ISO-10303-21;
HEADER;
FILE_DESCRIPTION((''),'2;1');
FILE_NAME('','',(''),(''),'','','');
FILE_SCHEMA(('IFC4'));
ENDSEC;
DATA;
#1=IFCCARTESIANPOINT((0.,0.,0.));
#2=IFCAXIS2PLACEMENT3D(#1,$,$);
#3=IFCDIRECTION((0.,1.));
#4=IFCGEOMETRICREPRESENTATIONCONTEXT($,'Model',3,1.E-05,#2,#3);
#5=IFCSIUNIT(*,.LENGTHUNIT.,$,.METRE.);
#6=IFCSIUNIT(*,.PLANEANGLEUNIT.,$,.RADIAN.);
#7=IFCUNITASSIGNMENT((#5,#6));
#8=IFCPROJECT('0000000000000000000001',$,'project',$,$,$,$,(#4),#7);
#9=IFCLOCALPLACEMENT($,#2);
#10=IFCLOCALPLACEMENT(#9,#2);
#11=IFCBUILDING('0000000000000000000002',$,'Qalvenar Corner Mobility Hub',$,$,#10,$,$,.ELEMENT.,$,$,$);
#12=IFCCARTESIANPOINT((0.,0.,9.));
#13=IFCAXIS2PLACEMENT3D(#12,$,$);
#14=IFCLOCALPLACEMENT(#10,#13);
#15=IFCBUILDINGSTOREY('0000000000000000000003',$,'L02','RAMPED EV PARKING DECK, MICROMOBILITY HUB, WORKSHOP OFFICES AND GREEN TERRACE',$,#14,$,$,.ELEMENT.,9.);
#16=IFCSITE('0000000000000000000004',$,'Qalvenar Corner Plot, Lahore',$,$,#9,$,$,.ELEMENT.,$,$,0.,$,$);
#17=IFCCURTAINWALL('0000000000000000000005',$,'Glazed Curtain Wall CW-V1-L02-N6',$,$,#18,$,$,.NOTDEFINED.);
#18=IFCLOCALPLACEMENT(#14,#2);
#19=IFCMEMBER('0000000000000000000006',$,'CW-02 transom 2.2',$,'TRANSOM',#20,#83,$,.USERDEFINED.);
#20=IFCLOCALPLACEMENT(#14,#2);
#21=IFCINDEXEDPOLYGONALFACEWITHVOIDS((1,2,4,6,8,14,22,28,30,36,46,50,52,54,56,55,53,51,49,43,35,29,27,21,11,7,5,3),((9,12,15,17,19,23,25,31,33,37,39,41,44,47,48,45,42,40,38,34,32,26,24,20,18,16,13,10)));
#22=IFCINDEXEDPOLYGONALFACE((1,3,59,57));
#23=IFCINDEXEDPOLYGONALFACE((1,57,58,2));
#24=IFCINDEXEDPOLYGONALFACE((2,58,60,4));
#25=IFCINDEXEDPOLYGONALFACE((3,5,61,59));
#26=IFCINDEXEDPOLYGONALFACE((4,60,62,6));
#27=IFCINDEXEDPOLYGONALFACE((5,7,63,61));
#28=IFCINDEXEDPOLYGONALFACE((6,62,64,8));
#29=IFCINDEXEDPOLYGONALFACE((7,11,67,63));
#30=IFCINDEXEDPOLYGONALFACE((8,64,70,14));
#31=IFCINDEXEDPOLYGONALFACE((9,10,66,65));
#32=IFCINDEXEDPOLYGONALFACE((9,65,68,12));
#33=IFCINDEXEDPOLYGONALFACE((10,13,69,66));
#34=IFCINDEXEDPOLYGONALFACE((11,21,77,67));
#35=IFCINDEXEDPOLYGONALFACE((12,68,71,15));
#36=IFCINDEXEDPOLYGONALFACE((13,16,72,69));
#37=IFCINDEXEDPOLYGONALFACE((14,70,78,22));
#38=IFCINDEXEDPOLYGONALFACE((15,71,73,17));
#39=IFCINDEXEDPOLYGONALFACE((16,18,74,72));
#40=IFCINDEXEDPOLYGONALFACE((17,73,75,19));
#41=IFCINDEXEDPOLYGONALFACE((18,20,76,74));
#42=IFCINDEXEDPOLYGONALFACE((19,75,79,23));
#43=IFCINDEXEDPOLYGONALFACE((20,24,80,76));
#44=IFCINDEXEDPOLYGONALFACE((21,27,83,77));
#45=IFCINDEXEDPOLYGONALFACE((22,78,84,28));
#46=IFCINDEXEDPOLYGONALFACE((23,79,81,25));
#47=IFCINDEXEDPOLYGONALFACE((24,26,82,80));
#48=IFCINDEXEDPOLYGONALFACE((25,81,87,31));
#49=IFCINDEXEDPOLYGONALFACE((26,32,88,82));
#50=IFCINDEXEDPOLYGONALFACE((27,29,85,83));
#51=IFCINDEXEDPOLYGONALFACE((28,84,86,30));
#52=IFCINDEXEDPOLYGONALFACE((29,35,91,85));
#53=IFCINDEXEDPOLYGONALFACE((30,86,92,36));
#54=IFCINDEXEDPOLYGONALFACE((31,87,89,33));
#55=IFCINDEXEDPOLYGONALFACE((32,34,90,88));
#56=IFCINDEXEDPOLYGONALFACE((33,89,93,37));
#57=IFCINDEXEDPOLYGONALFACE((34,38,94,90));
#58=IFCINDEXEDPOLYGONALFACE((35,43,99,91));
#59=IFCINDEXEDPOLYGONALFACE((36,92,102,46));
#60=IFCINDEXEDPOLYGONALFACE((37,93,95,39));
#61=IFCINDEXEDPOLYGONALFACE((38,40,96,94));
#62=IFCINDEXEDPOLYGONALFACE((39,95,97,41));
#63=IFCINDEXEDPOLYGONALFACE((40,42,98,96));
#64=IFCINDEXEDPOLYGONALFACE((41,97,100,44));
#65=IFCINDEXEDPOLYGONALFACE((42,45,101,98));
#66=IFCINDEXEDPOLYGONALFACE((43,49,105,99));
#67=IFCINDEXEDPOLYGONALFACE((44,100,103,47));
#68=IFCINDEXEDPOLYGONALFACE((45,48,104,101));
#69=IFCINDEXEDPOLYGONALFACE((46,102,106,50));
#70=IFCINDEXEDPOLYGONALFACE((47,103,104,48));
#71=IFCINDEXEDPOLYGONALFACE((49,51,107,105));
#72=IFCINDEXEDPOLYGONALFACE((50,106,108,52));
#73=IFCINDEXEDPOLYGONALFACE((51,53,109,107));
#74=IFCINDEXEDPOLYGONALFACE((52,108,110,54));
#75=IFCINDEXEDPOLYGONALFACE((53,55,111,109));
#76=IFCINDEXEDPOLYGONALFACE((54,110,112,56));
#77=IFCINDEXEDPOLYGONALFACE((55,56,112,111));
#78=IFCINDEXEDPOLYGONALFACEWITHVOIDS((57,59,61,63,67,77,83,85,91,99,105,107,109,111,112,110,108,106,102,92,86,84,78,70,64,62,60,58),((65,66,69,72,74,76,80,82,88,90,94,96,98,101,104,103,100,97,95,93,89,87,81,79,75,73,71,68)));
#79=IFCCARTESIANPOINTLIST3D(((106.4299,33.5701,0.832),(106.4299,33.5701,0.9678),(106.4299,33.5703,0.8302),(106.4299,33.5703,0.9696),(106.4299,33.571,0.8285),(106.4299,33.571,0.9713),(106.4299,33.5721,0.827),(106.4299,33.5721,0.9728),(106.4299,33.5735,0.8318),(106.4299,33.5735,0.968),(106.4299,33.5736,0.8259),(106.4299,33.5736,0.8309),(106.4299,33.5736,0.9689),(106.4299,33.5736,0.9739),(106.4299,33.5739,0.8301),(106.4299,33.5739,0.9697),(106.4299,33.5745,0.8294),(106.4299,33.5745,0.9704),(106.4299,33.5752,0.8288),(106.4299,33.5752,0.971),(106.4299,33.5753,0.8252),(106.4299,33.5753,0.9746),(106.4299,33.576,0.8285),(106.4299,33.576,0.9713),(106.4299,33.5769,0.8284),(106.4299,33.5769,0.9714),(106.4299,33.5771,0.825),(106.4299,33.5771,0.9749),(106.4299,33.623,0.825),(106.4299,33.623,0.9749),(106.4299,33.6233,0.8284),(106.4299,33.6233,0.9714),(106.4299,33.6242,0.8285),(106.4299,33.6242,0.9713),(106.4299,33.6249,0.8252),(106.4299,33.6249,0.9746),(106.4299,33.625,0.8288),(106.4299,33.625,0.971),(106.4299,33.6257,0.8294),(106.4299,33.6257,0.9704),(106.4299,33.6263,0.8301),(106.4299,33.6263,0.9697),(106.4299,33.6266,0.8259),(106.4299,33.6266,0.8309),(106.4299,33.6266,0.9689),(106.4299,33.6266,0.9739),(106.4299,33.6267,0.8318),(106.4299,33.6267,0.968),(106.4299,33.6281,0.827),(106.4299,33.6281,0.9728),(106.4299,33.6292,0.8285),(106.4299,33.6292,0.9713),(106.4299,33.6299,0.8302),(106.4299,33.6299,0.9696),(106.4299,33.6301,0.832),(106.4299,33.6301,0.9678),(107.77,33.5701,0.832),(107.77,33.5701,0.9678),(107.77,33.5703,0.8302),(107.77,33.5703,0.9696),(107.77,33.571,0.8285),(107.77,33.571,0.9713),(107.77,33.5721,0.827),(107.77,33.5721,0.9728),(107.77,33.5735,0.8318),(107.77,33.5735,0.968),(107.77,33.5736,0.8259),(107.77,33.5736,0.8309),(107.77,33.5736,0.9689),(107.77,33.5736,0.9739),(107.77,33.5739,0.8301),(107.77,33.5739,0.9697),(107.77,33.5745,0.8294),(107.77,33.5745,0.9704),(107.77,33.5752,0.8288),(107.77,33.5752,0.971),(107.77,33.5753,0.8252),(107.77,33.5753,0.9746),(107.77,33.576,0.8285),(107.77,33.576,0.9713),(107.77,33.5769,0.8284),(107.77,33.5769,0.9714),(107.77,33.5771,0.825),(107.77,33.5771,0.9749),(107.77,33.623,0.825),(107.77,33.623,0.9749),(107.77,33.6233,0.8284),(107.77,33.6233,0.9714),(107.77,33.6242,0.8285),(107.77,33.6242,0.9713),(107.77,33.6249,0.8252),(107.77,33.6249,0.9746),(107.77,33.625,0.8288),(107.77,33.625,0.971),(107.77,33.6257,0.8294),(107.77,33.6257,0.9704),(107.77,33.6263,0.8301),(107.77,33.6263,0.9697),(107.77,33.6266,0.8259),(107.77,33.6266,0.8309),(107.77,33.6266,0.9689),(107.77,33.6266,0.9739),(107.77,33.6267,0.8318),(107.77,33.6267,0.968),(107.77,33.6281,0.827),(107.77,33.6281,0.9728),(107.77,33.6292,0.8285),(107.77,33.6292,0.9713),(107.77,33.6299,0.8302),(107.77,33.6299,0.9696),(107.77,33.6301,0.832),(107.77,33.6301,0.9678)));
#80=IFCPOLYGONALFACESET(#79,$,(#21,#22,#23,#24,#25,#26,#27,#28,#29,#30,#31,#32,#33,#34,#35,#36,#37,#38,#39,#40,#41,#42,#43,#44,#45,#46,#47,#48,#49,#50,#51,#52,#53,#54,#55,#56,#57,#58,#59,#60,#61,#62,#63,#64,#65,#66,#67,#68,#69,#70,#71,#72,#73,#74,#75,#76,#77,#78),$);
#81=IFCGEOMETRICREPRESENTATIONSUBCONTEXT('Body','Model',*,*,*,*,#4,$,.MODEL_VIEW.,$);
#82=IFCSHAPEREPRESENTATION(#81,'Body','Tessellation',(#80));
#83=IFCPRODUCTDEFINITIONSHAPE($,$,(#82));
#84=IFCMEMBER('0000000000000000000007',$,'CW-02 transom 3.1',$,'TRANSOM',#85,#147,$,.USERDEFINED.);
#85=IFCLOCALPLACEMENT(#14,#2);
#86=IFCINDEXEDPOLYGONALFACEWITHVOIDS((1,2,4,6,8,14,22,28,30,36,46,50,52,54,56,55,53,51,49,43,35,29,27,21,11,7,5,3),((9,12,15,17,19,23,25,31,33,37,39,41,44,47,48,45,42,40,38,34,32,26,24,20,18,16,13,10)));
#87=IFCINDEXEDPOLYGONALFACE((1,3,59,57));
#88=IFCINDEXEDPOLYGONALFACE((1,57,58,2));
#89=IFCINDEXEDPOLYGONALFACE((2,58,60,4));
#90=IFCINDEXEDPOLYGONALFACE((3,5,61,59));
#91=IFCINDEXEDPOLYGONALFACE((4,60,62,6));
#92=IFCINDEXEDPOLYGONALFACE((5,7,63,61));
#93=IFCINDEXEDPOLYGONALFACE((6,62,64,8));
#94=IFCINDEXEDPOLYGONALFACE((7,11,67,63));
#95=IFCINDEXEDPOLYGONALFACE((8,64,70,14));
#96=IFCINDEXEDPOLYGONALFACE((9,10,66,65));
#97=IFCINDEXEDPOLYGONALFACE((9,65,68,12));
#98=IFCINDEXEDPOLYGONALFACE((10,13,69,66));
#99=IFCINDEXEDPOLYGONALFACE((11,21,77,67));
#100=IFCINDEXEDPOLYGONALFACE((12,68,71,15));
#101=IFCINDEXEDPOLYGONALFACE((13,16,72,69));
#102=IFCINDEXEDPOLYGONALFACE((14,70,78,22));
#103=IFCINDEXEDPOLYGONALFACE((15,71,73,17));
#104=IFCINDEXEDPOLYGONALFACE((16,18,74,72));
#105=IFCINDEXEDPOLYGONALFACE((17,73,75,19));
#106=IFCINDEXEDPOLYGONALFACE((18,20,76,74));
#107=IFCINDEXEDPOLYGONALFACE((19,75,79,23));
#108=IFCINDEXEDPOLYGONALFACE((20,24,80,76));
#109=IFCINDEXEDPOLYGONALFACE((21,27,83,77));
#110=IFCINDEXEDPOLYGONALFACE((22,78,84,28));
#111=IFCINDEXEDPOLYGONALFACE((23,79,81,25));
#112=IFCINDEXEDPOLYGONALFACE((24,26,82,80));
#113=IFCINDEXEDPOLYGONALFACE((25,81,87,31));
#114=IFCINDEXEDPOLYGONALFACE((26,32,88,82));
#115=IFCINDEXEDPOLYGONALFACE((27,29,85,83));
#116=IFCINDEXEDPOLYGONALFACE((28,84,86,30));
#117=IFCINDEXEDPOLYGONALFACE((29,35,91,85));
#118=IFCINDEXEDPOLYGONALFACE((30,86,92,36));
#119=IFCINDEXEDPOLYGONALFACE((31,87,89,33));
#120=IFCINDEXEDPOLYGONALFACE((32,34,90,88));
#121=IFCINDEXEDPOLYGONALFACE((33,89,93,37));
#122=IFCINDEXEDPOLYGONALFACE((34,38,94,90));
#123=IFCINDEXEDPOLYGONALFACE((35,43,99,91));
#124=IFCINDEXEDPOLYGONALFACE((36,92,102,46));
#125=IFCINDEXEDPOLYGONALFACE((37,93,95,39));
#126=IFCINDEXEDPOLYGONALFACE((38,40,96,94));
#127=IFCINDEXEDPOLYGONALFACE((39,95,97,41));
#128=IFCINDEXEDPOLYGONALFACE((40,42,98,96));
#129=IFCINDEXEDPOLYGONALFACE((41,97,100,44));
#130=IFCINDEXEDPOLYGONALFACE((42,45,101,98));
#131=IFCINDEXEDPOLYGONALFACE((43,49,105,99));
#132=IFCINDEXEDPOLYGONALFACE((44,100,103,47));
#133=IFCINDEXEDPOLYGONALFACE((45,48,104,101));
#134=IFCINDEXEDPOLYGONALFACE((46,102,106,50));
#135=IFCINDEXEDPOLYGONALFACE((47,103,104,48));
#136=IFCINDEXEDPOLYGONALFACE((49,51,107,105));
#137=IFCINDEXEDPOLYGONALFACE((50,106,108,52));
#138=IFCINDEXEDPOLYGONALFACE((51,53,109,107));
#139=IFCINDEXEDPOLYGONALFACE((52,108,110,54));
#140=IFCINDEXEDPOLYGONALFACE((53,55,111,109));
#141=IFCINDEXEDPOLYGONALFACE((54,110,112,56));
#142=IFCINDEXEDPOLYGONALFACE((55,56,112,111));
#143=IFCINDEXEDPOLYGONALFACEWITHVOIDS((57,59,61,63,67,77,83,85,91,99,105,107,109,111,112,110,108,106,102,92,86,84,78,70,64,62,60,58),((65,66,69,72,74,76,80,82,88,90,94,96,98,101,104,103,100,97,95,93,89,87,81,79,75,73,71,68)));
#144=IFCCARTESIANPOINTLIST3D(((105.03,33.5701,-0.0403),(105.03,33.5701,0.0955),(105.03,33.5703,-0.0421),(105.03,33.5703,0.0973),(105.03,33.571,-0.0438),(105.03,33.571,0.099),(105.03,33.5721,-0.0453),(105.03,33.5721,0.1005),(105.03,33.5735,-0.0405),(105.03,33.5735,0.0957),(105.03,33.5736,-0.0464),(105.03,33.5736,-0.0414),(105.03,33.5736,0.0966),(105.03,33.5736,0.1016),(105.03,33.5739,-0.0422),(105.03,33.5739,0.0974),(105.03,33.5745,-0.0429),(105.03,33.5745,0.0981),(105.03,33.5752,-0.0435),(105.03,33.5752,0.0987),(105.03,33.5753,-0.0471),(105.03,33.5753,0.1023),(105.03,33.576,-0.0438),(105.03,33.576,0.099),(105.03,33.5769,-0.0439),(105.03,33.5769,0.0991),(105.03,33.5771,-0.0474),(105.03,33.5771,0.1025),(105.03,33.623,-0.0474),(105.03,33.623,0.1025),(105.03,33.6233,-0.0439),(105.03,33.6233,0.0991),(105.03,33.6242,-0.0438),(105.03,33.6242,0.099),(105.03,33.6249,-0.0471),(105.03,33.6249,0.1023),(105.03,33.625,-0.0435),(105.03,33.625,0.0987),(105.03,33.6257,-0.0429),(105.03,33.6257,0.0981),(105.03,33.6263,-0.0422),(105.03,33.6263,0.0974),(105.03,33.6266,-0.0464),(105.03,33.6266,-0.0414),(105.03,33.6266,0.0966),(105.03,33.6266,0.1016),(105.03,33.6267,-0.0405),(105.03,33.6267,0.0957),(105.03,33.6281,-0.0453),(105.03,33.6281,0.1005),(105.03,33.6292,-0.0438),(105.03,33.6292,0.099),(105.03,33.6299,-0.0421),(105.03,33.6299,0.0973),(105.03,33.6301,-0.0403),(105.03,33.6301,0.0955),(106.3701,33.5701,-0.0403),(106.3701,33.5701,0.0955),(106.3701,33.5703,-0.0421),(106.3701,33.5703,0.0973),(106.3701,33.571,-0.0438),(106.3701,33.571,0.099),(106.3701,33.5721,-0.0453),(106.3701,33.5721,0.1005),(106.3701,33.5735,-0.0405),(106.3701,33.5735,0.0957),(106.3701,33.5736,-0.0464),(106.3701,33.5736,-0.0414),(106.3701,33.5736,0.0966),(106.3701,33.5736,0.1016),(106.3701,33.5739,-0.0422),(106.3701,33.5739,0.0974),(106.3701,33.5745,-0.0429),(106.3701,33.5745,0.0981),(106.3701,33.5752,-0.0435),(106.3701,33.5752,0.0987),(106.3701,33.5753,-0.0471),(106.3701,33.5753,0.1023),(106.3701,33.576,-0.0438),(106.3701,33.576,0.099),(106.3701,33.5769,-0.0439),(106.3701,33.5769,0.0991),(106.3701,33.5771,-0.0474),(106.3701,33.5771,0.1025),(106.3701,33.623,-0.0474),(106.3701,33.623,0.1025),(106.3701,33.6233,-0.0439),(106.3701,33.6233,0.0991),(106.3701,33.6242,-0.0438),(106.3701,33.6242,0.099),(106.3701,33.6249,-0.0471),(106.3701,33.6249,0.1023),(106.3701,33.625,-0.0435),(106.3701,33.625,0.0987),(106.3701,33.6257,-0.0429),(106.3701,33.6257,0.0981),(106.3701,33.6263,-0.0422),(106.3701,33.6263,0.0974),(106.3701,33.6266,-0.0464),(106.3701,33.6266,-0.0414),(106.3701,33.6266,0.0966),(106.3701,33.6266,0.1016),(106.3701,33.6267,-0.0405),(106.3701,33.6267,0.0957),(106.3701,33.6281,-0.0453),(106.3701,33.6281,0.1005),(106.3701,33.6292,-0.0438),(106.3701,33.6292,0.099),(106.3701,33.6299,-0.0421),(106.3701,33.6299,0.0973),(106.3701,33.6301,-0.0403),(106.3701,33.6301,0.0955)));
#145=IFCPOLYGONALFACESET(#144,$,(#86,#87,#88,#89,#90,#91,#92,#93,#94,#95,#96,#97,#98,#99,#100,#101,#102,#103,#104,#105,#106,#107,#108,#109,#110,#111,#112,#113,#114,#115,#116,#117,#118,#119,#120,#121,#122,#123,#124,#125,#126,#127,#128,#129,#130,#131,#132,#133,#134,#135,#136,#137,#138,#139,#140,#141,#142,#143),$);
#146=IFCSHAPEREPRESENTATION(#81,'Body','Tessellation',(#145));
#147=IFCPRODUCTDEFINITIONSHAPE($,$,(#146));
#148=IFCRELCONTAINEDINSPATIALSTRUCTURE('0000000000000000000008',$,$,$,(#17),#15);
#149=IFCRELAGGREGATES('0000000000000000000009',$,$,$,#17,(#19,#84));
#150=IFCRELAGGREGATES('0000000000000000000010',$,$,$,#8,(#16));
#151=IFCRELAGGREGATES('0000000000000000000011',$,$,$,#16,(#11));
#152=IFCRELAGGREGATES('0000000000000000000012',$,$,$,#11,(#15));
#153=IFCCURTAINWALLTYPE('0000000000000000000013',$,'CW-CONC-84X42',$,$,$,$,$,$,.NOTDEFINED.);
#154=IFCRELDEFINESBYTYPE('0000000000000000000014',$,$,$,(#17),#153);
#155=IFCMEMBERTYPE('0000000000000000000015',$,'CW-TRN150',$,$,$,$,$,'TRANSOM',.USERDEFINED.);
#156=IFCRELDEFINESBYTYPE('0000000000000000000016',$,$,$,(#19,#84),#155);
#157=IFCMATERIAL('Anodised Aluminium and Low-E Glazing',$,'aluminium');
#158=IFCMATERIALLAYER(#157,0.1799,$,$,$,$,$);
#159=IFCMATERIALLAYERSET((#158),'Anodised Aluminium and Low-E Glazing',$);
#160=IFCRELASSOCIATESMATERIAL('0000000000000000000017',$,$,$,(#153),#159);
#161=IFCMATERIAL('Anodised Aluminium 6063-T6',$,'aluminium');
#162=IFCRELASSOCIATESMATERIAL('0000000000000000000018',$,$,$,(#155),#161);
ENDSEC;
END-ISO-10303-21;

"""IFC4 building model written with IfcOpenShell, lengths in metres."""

from ifc_helpers import new_model, si_unit, direction, frame, origin, origin_2d, place, context, subcontext, project, spatial, hollow_rectangle, extrude, material, layer, layer_set, material_profile, profile_set, type_object, element, aggregate, save


model = new_model("IFC4")

# Units and contexts
model_context = context("Model", 3, precision=1e-05, world=origin(), true_north=direction((0.0, 1.0)))
body_context = subcontext(model_context, "Body", "Model", "MODEL_VIEW")
ifc_project = project(units=[si_unit("LENGTHUNIT", "METRE"), si_unit("PLANEANGLEUNIT", "RADIAN")], contexts=[model_context])

# Site, building, storey
site_placement = place(None, origin())
site = spatial("IfcSite", under=ifc_project, at=site_placement, Name="Qalvenar Corner Plot, Lahore", CompositionType="ELEMENT", RefElevation=0.0)
building_placement = place(site_placement, origin())
building = spatial("IfcBuilding", under=site, at=building_placement, Name="Qalvenar Corner Mobility Hub", CompositionType="ELEMENT")
storey_placement = place(building_placement, frame((0.0, 0.0, 9.0)))
storey = spatial("IfcBuildingStorey", under=building, at=storey_placement, Name="L02", Description="RAMPED EV PARKING DECK, MICROMOBILITY HUB, WORKSHOP OFFICES AND GREEN TERRACE", CompositionType="ELEMENT", Elevation=9.0)

# Curtain wall, members
ifc_material_1 = material(Name="Anodised Aluminium and Low-E Glazing", Category="aluminium")
ifc_layer_1 = layer(ifc_material_1, 0.1799)
ifc_layer_set_1 = layer_set([ifc_layer_1], Name="Anodised Aluminium and Low-E Glazing")
curtain_wall_type = type_object("IfcCurtainWallType", Name="CW-CONC-84X42", PredefinedType="NOTDEFINED", material=ifc_layer_set_1)
curtain_wall_placement = place(storey_placement, origin())
curtain_wall = element("IfcCurtainWall", 1, at=curtain_wall_placement, inside=storey, type_object=curtain_wall_type, Name="Glazed Curtain Wall CW-V1-L02-N6", PredefinedType="NOTDEFINED")
ifc_material_2 = material(Name="Anodised Aluminium 6063-T6", Category="aluminium")
ifc_material_profile_1 = material_profile(ifc_material_2, hollow_rectangle(XDim=0.0601, YDim=0.1499, WallThickness=0.0034, InnerFilletRadius=0.0034, OuterFilletRadius=0.0071, at=origin_2d()), Name="RHS150x60x3.5")
ifc_profile_set_1 = profile_set([ifc_material_profile_1], Name="Anodised Aluminium 6063-T6")
member_type_1 = type_object("IfcMemberType", Name="CW-TRN150", ElementType="TRANSOM", PredefinedType="USERDEFINED", material=ifc_profile_set_1)
member_1_placement = place(storey_placement, frame((107.77, 33.6001, 0.8999), z_axis=(-1.0, 0.0, 0.0), x_axis=(0.0, -1.0, 0.0)))
member_1 = element("IfcMember", 2, at=member_1_placement, type_object=member_type_1, Name="CW-02 transom 2.2", ObjectType="TRANSOM", PredefinedType="USERDEFINED", context=body_context, shape_type="SweptSolid", body=[
    extrude(hollow_rectangle(XDim=0.0601, YDim=0.1499, WallThickness=0.0034, InnerFilletRadius=0.0034, OuterFilletRadius=0.0071, at=origin_2d()), origin(), (0.0, 0.0, 1.0), 1.3401),
])
member_2_placement = place(storey_placement, frame((106.3701, 33.6001, 0.0276), z_axis=(-1.0, 0.0, 0.0), x_axis=(0.0, -1.0, 0.0)))
member_2 = element("IfcMember", 3, at=member_2_placement, type_object=member_type_1, Name="CW-02 transom 3.1", ObjectType="TRANSOM", PredefinedType="USERDEFINED", context=body_context, shape_type="SweptSolid", body=[
    extrude(hollow_rectangle(XDim=0.0601, YDim=0.1499, WallThickness=0.0034, InnerFilletRadius=0.0034, OuterFilletRadius=0.0071, at=origin_2d()), origin(), (0.0, 0.0, 1.0), 1.3401),
])

aggregate(curtain_wall, [member_1, member_2])

save(model, "model.ifc")
